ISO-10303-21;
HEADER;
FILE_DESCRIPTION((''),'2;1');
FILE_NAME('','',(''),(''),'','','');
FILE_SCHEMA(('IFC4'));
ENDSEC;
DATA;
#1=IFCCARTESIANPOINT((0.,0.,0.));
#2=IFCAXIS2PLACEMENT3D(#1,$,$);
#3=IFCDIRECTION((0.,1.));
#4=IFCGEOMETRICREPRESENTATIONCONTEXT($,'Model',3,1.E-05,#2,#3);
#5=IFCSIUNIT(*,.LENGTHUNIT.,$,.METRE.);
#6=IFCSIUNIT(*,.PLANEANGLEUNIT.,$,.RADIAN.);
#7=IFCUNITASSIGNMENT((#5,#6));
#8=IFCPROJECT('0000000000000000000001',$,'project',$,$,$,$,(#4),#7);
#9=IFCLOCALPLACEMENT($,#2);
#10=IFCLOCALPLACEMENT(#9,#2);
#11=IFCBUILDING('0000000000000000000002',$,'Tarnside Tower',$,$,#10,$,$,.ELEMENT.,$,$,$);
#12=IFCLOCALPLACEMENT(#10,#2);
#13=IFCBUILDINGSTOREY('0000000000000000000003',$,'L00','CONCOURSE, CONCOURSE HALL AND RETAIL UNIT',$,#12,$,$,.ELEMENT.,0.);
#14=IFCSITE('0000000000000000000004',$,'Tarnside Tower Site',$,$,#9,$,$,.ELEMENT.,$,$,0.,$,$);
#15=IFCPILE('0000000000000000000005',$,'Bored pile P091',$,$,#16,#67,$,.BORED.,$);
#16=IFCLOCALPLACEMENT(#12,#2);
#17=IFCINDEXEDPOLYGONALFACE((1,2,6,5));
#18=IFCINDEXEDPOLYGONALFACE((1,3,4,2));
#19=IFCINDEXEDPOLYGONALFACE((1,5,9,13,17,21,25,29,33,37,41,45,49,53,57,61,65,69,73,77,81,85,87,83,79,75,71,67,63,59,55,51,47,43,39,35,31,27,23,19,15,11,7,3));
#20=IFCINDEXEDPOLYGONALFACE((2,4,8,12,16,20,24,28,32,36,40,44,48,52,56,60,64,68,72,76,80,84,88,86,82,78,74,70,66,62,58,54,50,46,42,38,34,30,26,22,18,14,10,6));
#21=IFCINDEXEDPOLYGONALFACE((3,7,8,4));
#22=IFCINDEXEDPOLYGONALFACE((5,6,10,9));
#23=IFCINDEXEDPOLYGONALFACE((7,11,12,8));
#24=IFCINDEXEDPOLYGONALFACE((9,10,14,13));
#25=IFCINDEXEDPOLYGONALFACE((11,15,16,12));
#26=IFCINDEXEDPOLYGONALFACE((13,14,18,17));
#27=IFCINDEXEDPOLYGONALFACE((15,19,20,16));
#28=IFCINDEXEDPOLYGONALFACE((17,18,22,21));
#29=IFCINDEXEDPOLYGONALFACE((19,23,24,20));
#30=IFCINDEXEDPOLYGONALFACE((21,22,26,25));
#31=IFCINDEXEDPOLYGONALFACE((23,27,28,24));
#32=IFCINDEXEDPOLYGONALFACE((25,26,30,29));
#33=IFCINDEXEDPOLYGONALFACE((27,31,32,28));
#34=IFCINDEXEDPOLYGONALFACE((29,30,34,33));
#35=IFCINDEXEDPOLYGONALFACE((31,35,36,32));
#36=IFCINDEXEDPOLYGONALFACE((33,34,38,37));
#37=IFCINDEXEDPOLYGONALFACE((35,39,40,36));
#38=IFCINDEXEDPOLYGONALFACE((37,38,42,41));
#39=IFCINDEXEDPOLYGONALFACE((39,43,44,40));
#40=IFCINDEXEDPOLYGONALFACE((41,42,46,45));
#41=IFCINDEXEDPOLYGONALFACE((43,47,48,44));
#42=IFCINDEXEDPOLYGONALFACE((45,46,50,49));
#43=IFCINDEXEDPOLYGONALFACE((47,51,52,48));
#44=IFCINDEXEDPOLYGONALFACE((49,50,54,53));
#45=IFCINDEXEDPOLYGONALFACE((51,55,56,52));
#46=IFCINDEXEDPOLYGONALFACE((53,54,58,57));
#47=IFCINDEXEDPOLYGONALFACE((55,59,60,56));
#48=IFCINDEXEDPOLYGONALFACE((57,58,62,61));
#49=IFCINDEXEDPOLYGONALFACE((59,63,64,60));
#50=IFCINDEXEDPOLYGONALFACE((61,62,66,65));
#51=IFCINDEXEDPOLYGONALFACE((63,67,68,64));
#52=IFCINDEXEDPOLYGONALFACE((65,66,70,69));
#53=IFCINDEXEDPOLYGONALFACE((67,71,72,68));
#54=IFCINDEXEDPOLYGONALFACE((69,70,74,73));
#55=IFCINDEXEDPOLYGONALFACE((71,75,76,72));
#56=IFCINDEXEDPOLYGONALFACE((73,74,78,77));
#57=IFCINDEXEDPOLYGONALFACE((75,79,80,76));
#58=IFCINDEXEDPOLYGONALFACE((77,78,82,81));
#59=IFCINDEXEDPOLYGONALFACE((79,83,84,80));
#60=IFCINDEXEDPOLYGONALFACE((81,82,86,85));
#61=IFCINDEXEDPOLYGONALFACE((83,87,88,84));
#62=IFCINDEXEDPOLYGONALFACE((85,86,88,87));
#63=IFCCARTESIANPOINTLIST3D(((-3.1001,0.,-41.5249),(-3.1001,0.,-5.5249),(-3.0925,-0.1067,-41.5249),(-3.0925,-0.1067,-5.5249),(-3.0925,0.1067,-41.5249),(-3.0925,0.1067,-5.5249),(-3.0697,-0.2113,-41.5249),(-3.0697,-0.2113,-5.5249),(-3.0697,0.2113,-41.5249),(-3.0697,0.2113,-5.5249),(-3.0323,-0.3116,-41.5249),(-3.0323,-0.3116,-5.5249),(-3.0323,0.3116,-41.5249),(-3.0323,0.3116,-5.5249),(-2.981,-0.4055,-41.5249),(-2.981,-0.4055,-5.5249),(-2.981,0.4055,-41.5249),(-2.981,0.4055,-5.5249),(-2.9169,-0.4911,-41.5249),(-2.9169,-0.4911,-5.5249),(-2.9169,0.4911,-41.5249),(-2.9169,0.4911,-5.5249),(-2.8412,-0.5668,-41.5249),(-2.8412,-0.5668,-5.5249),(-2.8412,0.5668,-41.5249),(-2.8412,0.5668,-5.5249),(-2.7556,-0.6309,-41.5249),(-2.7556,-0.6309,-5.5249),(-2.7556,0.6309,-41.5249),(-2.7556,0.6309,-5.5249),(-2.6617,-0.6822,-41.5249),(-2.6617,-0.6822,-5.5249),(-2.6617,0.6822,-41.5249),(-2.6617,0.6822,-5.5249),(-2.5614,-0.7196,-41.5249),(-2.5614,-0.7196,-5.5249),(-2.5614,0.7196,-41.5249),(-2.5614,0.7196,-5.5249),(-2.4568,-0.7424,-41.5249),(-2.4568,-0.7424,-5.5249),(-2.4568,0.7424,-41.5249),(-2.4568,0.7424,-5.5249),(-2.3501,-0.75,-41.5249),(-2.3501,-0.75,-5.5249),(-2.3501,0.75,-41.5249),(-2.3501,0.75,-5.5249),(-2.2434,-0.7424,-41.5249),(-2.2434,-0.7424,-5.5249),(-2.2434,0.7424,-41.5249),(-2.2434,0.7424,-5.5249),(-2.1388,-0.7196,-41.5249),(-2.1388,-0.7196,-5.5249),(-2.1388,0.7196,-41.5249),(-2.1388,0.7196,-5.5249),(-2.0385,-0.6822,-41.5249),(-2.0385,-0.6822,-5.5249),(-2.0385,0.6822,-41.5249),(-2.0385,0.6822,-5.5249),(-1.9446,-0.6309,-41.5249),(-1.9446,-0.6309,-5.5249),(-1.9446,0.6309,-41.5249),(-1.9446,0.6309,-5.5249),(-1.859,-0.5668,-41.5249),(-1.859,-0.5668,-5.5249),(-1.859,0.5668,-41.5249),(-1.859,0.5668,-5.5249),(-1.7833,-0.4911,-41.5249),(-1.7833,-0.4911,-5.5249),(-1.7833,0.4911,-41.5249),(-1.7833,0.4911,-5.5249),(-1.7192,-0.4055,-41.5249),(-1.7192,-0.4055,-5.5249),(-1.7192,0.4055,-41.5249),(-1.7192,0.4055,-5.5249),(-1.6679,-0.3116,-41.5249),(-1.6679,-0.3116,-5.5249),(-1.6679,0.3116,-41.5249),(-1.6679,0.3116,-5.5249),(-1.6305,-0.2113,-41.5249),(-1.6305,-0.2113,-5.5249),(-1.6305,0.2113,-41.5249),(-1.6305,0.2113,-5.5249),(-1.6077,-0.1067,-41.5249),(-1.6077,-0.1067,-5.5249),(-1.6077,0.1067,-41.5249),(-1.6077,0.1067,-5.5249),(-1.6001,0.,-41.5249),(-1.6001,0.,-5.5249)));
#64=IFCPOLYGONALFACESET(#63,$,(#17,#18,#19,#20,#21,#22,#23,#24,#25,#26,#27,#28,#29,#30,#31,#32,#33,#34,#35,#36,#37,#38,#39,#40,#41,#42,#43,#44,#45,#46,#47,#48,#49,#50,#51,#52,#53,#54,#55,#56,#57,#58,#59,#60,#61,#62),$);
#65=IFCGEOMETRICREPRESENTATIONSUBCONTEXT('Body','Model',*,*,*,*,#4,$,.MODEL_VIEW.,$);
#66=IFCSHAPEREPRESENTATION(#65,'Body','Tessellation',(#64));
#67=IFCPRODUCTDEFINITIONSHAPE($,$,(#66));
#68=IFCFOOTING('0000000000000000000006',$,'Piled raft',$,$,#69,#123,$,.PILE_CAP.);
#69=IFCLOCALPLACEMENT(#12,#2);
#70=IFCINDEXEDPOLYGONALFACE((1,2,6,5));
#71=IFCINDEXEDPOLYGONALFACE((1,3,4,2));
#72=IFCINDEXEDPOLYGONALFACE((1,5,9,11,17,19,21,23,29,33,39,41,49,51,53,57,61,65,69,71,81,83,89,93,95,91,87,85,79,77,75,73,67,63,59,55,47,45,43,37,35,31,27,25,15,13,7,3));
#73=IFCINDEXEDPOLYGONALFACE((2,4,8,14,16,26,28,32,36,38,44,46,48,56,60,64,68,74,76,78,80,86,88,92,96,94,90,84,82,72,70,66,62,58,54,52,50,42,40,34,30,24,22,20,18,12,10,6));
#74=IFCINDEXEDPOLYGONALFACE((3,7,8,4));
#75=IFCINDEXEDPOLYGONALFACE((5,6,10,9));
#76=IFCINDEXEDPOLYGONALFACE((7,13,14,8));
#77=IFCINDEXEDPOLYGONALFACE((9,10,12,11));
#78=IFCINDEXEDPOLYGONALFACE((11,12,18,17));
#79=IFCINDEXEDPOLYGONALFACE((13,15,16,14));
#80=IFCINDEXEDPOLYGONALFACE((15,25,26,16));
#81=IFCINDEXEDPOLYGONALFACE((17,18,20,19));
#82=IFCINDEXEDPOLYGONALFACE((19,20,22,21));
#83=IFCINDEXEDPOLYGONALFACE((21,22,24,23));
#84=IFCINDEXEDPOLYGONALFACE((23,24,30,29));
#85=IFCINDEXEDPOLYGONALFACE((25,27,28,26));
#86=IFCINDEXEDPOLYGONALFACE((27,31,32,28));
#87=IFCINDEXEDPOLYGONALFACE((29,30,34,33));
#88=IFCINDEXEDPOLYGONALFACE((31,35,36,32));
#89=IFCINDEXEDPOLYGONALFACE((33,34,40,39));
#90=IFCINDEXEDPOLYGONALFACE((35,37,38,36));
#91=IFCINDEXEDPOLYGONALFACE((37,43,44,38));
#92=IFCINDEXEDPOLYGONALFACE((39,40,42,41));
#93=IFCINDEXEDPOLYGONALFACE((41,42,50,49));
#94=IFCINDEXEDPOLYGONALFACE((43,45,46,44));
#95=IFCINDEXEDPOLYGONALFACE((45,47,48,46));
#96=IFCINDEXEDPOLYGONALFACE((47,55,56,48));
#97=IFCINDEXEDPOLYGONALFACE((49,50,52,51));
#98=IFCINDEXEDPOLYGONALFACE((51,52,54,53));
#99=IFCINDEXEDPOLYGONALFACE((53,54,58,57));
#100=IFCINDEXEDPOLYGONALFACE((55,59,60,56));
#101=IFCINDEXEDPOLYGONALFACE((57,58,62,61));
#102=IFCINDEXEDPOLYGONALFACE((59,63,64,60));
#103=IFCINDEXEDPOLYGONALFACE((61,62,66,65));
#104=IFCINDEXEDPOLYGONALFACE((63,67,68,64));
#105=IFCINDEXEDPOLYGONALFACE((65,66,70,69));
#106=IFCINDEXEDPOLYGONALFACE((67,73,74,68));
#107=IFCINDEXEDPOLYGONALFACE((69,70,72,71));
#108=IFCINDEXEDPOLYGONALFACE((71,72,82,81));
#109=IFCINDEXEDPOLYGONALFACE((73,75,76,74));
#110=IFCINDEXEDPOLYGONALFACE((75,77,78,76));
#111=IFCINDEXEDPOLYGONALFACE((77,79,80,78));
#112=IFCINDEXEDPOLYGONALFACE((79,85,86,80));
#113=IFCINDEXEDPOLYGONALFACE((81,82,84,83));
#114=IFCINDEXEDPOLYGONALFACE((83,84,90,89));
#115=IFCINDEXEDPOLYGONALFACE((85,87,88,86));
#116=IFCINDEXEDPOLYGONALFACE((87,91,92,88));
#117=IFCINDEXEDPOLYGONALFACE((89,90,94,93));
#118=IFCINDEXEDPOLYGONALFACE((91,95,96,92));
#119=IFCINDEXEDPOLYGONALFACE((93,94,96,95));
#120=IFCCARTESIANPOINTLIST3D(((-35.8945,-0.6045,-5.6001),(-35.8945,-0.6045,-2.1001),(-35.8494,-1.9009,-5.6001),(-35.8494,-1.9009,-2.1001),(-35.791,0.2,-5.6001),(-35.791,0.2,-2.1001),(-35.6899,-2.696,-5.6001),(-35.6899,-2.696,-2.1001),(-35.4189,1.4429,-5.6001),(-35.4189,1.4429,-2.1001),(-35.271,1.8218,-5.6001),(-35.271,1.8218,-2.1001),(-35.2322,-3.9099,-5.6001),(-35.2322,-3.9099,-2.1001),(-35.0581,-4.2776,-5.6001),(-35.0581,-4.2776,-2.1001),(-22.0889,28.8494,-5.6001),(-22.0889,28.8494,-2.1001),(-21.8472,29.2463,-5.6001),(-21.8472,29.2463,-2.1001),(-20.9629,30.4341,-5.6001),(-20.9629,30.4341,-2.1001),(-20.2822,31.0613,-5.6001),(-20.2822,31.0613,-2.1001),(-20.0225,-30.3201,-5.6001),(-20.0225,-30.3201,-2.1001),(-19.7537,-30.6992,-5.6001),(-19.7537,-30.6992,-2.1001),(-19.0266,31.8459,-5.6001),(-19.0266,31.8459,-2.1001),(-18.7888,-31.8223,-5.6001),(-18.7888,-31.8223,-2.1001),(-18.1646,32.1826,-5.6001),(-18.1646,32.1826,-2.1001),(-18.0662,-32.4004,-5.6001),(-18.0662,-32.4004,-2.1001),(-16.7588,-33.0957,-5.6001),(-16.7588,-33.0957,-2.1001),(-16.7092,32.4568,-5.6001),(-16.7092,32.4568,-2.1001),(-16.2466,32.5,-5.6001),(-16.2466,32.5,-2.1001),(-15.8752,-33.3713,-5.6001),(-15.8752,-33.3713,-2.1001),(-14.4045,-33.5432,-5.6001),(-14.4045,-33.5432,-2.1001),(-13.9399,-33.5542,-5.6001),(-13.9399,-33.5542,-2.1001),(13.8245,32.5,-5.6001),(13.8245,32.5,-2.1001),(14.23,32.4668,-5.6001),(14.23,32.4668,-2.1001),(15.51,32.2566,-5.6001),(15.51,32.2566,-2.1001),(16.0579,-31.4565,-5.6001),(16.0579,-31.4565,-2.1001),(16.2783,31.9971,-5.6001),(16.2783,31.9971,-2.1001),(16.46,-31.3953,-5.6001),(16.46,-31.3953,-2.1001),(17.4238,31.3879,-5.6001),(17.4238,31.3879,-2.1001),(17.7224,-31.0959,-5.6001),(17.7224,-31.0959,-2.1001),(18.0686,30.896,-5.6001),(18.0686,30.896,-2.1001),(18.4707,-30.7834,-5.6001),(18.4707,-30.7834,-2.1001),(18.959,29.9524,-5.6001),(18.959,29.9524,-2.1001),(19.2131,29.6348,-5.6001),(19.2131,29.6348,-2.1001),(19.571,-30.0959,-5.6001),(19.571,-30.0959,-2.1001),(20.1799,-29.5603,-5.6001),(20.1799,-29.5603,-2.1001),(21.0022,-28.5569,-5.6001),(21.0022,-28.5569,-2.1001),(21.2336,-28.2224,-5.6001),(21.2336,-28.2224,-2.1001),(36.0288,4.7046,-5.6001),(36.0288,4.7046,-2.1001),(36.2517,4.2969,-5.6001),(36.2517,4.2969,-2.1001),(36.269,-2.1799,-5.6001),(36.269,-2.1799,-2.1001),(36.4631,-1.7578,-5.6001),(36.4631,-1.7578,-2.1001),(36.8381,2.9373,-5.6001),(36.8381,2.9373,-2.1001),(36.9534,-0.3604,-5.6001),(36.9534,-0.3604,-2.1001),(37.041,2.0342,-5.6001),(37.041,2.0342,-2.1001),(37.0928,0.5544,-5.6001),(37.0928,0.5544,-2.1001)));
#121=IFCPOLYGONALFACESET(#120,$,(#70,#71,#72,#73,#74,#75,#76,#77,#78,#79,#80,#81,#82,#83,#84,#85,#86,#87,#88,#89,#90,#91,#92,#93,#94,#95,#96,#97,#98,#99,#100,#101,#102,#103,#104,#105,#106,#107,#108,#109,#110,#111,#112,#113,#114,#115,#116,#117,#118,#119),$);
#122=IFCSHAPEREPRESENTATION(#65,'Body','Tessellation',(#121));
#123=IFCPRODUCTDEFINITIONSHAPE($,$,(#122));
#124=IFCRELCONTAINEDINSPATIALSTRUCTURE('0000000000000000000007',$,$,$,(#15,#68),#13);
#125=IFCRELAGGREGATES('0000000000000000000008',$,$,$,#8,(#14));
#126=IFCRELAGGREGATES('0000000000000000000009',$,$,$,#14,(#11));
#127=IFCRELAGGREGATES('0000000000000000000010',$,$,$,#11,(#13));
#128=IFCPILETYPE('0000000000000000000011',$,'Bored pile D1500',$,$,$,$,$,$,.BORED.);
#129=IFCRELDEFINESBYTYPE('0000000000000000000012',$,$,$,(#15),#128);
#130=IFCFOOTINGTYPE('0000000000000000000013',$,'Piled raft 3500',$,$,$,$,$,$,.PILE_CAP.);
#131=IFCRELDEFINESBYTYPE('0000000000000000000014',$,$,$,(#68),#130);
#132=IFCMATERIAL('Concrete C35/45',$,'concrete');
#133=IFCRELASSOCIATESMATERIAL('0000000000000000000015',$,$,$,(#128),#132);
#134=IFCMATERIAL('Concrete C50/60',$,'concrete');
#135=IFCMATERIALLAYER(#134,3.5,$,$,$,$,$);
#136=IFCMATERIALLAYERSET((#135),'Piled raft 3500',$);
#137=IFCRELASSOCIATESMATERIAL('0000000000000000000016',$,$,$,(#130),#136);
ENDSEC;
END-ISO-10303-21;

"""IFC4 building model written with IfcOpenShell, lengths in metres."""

from ifc_helpers import new_model, si_unit, direction, frame, origin, origin_2d, place, context, subcontext, project, spatial, polyline, circle, outline, extrude, material, layer, layer_set, material_profile, profile_set, type_object, element, save


model = new_model("IFC4")

# Units and contexts
model_context = context("Model", 3, precision=1e-05, world=origin(), true_north=direction((0.0, 1.0)))
body_context = subcontext(model_context, "Body", "Model", "MODEL_VIEW")
ifc_project = project(units=[si_unit("LENGTHUNIT", "METRE"), si_unit("PLANEANGLEUNIT", "RADIAN")], contexts=[model_context])

# Site, building, storey
site_placement = place(None, origin())
site = spatial("IfcSite", under=ifc_project, at=site_placement, Name="Tarnside Tower Site", CompositionType="ELEMENT", RefElevation=0.0)
building_placement = place(site_placement, origin())
building = spatial("IfcBuilding", under=site, at=building_placement, Name="Tarnside Tower", CompositionType="ELEMENT")
storey_placement = place(building_placement, origin())
storey = spatial("IfcBuildingStorey", under=building, at=storey_placement, Name="L00", Description="CONCOURSE, CONCOURSE HALL AND RETAIL UNIT", CompositionType="ELEMENT", Elevation=0.0)

# Pile
ifc_material_1 = material(Name="Concrete C35/45", Category="concrete")
ifc_material_profile = material_profile(ifc_material_1, circle(Radius=0.75, at=origin_2d()), Name="Bored pile D1500")
ifc_profile_set = profile_set([ifc_material_profile], Name="Concrete C35/45")
pile_type = type_object("IfcPileType", Name="Bored pile D1500", PredefinedType="BORED", material=ifc_profile_set)
for number, where, z_axis, x_axis, name in (
    (1, (-2.3501, 0.0, -5.5249), (0.0, 0.0, -1.0), (1.0, 0.0, 0.0), "Bored pile P091"),
):
    element("IfcPile", number, at=place(storey_placement, frame(where, z_axis=z_axis, x_axis=x_axis)), inside=storey, type_object=pile_type, Name=name, PredefinedType="BORED", context=body_context, shape_type="SweptSolid", body=[
        extrude(circle(Radius=0.75, at=origin_2d()), origin(), (0.0, 0.0, 1.0), 36.0),
    ])

# Footing
ifc_material_2 = material(Name="Concrete C50/60", Category="concrete")
ifc_layer_1 = layer(ifc_material_2, 3.5)
ifc_layer_set_1 = layer_set([ifc_layer_1], Name="Piled raft 3500")
footing_type = type_object("IfcFootingType", Name="Piled raft 3500", PredefinedType="PILE_CAP", material=ifc_layer_set_1)
footing_placement = place(storey_placement, frame((0.0, 0.0, -5.6001)))
element("IfcFooting", 2, at=footing_placement, inside=storey, type_object=footing_type, Name="Piled raft", PredefinedType="PILE_CAP", context=body_context, shape_type="SweptSolid", body=[
    extrude(outline(polyline([(14.23, 32.4668), (15.51, 32.2566), (16.2783, 31.9971), (17.4238, 31.3879), (18.0686, 30.896), (18.959, 29.9524), (19.2131, 29.6348), (36.0288, 4.7046), (36.2517, 4.2969), (36.8381, 2.9373), (37.041, 2.0342), (37.0928, 0.5544), (36.9534, -0.3604), (36.4631, -1.7578), (36.269, -2.1799), (21.2336, -28.2224), (21.0022, -28.5569), (20.1799, -29.5603), (19.571, -30.0959), (18.4707, -30.7834), (17.7224, -31.0959), (16.46, -31.3953), (16.0579, -31.4565), (-13.9399, -33.5542), (-14.4045, -33.5432), (-15.8752, -33.3713), (-16.7588, -33.0957), (-18.0662, -32.4004), (-18.7888, -31.8223), (-19.7537, -30.6992), (-20.0225, -30.3201), (-35.0581, -4.2776), (-35.2322, -3.9099), (-35.6899, -2.696), (-35.8494, -1.9009), (-35.8945, -0.6045), (-35.791, 0.2), (-35.4189, 1.4429), (-35.271, 1.8218), (-22.0889, 28.8494), (-21.8472, 29.2463), (-20.9629, 30.4341), (-20.2822, 31.0613), (-19.0266, 31.8459), (-18.1646, 32.1826), (-16.7092, 32.4568), (-16.2466, 32.5), (13.8245, 32.5), (14.23, 32.4668)])), origin(), (0.0, 0.0, 1.0), 3.5),
])

save(model, "model.ifc")
